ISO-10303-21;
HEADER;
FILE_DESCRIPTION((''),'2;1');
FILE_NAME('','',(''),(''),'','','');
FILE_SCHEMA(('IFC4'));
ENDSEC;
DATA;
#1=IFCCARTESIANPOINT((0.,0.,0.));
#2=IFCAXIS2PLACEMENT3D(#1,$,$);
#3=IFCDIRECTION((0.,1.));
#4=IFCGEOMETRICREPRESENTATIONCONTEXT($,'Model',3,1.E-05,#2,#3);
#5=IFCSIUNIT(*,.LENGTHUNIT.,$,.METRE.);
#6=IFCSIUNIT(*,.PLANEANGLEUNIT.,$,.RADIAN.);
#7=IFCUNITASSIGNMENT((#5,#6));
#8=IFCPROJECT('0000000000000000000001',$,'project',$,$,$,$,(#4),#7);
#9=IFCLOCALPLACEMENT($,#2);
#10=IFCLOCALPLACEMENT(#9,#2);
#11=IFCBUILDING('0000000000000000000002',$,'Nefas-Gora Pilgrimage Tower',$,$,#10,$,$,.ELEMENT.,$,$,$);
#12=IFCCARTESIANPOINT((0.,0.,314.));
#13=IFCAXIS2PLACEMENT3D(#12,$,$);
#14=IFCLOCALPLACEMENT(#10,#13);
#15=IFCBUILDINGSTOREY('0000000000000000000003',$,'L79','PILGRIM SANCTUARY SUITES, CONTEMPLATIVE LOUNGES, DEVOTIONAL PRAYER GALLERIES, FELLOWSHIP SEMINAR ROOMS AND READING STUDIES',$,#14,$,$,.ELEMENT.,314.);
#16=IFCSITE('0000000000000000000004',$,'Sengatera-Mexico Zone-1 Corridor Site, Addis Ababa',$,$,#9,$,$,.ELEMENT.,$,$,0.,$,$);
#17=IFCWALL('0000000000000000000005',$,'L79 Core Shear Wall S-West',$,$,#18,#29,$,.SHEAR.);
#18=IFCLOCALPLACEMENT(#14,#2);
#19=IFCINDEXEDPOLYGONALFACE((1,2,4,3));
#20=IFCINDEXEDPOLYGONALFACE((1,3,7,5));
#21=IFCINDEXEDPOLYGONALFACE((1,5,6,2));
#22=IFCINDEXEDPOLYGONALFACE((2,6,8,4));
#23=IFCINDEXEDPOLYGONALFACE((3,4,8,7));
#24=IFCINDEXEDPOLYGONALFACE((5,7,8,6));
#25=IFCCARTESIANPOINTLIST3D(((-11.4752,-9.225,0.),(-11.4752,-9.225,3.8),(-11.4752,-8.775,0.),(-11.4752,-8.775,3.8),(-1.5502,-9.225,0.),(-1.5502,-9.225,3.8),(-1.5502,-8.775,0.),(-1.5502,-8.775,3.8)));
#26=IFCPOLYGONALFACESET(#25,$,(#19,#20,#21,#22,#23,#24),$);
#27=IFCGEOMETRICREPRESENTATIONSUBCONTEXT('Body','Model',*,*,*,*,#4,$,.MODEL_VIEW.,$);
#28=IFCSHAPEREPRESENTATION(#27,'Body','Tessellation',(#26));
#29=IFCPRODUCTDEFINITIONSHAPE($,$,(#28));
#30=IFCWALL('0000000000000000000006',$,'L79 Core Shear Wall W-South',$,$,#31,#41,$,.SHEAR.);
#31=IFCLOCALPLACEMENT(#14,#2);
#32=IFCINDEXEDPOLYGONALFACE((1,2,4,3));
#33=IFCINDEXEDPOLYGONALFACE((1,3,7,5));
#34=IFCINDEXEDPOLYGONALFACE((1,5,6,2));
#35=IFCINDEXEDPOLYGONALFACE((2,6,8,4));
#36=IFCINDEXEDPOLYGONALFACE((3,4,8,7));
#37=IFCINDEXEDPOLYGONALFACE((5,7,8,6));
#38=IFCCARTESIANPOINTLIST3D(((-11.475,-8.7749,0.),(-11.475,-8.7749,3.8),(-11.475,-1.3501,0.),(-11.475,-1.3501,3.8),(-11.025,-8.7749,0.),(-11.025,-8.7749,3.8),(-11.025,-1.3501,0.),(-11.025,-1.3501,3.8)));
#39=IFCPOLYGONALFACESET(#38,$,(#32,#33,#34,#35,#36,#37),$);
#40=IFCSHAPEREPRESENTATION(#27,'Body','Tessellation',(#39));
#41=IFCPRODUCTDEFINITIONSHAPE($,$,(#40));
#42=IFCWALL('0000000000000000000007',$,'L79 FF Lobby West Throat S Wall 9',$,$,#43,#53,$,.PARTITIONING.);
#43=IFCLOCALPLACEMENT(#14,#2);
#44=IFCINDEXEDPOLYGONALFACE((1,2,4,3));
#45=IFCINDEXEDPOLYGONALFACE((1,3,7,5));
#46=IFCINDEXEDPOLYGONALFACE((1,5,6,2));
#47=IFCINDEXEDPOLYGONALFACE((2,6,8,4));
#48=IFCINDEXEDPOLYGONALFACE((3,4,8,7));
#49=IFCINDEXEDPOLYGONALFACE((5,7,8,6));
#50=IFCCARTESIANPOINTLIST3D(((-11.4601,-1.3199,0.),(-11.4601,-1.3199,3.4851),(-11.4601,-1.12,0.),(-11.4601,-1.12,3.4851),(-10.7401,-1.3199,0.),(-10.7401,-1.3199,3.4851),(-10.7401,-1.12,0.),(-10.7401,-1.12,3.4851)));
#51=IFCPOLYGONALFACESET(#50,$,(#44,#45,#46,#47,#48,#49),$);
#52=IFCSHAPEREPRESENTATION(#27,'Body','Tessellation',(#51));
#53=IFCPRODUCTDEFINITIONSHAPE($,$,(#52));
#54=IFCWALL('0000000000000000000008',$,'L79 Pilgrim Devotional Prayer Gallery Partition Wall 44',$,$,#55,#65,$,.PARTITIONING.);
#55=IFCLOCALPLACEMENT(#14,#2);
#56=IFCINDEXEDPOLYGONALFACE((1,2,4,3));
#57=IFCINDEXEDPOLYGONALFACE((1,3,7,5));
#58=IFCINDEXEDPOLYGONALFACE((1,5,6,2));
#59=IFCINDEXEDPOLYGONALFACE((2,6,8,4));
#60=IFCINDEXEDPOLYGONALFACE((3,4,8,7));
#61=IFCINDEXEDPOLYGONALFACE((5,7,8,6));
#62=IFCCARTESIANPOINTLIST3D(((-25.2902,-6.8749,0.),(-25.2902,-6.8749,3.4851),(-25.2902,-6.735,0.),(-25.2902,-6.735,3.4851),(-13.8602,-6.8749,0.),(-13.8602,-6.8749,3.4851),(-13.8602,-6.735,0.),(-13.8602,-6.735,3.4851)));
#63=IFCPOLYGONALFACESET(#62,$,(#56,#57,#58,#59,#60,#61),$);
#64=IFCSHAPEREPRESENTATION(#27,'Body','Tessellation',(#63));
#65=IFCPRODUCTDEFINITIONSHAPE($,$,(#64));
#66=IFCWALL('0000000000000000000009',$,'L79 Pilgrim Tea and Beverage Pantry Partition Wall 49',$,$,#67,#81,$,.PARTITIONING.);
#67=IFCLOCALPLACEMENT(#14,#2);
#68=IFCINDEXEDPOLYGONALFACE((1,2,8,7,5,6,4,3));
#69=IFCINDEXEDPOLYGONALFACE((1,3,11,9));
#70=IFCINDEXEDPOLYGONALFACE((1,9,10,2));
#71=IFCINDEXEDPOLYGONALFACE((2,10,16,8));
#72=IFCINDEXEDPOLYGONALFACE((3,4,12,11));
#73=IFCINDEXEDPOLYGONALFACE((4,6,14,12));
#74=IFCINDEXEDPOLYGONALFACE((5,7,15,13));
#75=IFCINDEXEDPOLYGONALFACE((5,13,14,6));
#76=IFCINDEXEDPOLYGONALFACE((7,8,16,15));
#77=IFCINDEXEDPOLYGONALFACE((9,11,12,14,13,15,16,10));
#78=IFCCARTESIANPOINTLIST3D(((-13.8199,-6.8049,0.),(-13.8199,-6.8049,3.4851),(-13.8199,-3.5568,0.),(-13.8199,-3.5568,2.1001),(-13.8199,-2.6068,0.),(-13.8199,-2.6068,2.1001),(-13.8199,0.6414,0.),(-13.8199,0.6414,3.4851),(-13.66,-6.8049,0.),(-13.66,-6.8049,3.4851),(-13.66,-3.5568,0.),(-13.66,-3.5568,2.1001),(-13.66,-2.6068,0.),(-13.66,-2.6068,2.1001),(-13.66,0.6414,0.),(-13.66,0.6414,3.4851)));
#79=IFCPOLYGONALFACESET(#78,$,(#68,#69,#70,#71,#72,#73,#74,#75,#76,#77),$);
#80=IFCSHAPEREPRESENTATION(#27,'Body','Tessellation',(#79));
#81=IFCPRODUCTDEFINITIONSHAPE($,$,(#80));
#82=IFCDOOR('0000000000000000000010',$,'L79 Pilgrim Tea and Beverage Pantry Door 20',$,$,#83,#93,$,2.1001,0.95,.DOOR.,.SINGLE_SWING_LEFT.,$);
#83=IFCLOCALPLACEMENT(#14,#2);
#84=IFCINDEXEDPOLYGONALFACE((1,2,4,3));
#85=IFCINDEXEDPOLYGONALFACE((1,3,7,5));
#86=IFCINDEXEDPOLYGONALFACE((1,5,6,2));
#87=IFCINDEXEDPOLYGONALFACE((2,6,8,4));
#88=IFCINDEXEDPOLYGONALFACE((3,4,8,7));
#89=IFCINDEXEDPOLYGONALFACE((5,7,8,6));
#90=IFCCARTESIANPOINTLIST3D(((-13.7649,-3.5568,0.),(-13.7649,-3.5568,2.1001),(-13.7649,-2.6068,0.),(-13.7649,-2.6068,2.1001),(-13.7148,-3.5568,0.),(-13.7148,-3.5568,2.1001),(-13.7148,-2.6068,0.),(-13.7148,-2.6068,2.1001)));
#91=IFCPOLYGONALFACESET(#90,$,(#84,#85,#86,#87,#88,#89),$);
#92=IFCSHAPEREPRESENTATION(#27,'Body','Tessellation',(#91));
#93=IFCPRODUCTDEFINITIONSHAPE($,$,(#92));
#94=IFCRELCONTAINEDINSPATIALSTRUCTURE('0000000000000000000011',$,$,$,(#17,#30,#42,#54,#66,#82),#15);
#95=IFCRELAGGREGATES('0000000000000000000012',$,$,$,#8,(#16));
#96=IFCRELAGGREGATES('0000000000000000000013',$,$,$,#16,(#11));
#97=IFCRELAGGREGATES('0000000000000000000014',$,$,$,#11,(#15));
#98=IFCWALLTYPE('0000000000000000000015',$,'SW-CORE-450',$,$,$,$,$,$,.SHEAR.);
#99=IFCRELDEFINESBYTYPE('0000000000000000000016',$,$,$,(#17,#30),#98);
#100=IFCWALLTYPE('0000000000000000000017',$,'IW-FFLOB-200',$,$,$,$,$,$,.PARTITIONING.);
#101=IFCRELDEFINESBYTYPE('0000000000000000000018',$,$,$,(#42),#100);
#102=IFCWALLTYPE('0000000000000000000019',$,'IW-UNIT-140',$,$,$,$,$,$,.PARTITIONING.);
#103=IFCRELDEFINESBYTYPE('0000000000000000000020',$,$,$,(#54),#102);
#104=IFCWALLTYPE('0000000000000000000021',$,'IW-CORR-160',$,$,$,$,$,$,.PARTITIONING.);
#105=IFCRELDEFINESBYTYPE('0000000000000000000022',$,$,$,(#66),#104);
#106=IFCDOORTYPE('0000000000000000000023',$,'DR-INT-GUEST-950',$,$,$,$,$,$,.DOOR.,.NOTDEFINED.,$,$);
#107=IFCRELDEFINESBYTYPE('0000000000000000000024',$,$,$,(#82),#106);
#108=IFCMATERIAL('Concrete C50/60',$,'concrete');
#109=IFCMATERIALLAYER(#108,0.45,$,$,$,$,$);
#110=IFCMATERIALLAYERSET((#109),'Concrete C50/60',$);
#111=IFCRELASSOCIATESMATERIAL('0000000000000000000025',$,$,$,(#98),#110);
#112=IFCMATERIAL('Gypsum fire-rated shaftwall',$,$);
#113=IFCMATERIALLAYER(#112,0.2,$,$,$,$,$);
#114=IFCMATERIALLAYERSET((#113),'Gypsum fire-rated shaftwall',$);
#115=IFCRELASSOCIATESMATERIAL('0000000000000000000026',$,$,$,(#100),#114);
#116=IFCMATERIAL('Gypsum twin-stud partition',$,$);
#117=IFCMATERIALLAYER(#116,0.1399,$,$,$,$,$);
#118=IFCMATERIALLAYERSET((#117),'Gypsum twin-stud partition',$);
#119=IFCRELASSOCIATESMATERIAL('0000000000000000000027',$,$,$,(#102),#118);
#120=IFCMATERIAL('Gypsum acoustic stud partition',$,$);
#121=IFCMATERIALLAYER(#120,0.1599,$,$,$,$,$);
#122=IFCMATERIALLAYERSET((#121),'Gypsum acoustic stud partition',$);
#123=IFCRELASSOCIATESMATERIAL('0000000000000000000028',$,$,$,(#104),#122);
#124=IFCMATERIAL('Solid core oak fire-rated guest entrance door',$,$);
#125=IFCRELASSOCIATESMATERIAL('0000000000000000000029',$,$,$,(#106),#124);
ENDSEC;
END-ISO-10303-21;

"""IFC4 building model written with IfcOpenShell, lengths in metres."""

from ifc_helpers import new_model, si_unit, direction, frame, frame_2d, origin, place, context, subcontext, project, spatial, rectangle, extrude, source, transform, mapped, material, layer, layer_set, type_object, element, fill, save


model = new_model("IFC4")

# Units and contexts
model_context = context("Model", 3, precision=1e-05, world=origin(), true_north=direction((0.0, 1.0)))
body_context = subcontext(model_context, "Body", "Model", "MODEL_VIEW")
ifc_project = project(units=[si_unit("LENGTHUNIT", "METRE"), si_unit("PLANEANGLEUNIT", "RADIAN")], contexts=[model_context])

# Site, building, storey
site_placement = place(None, origin())
site = spatial("IfcSite", under=ifc_project, at=site_placement, Name="Sengatera-Mexico Zone-1 Corridor Site, Addis Ababa", CompositionType="ELEMENT", RefElevation=0.0)
building_placement = place(site_placement, origin())
building = spatial("IfcBuilding", under=site, at=building_placement, Name="Nefas-Gora Pilgrimage Tower", CompositionType="ELEMENT")
storey_placement = place(building_placement, frame((0.0, 0.0, 314.0)))
storey = spatial("IfcBuildingStorey", under=building, at=storey_placement, Name="L79", Description="PILGRIM SANCTUARY SUITES, CONTEMPLATIVE LOUNGES, DEVOTIONAL PRAYER GALLERIES, FELLOWSHIP SEMINAR ROOMS AND READING STUDIES", CompositionType="ELEMENT", Elevation=314.0)

# Shared definitions
ifc_material_1 = material(Name="Concrete C50/60", Category="concrete")

# Walls
ifc_layer_1 = layer(ifc_material_1, 0.45)
ifc_layer_set_1 = layer_set([ifc_layer_1], Name="Concrete C50/60")
wall_type_1 = type_object("IfcWallType", Name="SW-CORE-450", PredefinedType="SHEAR", material=ifc_layer_set_1)
shared_shape_1 = source(origin(), body_context, "Body", "SweptSolid", [
    extrude(rectangle(XDim=9.925, YDim=0.45, at=frame_2d((4.9624, 0.0))), origin(), (0.0, 0.0, 1.0), 3.8),
])
wall_1_placement = place(storey_placement, frame((-11.4751, -9.0, 0.0), z_axis=(0.0, 0.0, 1.0), x_axis=(1.0, 0.0, 0.0)))
element("IfcWall", 1, at=wall_1_placement, inside=storey, type_object=wall_type_1, Name="L79 Core Shear Wall S-West", PredefinedType="SHEAR", context=body_context, shape_type="MappedRepresentation", body=[
    mapped(shared_shape_1, transform((0.0, 0.0, 0.0), x_axis=(1.0, 0.0, 0.0), y_axis=(0.0, 1.0, 0.0), z_axis=(0.0, 0.0, 1.0), scale=1.0)),
])
shared_shape_2 = source(origin(), body_context, "Body", "SweptSolid", [
    extrude(rectangle(XDim=7.4248, YDim=0.45, at=frame_2d((3.7124, 0.0))), origin(), (0.0, 0.0, 1.0), 3.8),
])
wall_2_placement = place(storey_placement, frame((-11.25, -8.7749, 0.0), z_axis=(0.0, 0.0, 1.0), x_axis=(0.0, 1.0, 0.0)))
element("IfcWall", 2, at=wall_2_placement, inside=storey, type_object=wall_type_1, Name="L79 Core Shear Wall W-South", PredefinedType="SHEAR", context=body_context, shape_type="MappedRepresentation", body=[
    mapped(shared_shape_2, transform((0.0, 0.0, 0.0), x_axis=(1.0, 0.0, 0.0), y_axis=(0.0, 1.0, 0.0), z_axis=(0.0, 0.0, 1.0), scale=1.0)),
])
ifc_material_2 = material(Name="Gypsum fire-rated shaftwall")
ifc_layer_2 = layer(ifc_material_2, 0.2)
ifc_layer_set_2 = layer_set([ifc_layer_2], Name="Gypsum fire-rated shaftwall")
wall_type_2 = type_object("IfcWallType", Name="IW-FFLOB-200", PredefinedType="PARTITIONING", material=ifc_layer_set_2)
shared_shape_3 = source(origin(), body_context, "Body", "SweptSolid", [
    extrude(rectangle(XDim=0.72, YDim=0.2, at=frame_2d((0.3599, 0.0))), origin(), (0.0, 0.0, 1.0), 3.4851),
])
wall_3_placement = place(storey_placement, frame((-11.46, -1.22, 0.0), z_axis=(0.0, 0.0, 1.0), x_axis=(1.0, 0.0, 0.0)))
element("IfcWall", 3, at=wall_3_placement, inside=storey, type_object=wall_type_2, Name="L79 FF Lobby West Throat S Wall 9", PredefinedType="PARTITIONING", context=body_context, shape_type="MappedRepresentation", body=[
    mapped(shared_shape_3, transform((0.0, 0.0, 0.0), x_axis=(1.0, 0.0, 0.0), y_axis=(0.0, 1.0, 0.0), z_axis=(0.0, 0.0, 1.0), scale=1.0)),
])
ifc_material_3 = material(Name="Gypsum twin-stud partition")
ifc_layer_3 = layer(ifc_material_3, 0.1399)
ifc_layer_set_3 = layer_set([ifc_layer_3], Name="Gypsum twin-stud partition")
wall_type_3 = type_object("IfcWallType", Name="IW-UNIT-140", PredefinedType="PARTITIONING", material=ifc_layer_set_3)
shared_shape_4 = source(origin(), body_context, "Body", "SweptSolid", [
    extrude(rectangle(XDim=11.4299, YDim=0.1399, at=frame_2d((5.7148, 0.0))), origin(), (0.0, 0.0, 1.0), 3.4851),
])
wall_4_placement = place(storey_placement, frame((-25.29, -6.8049, 0.0), z_axis=(0.0, 0.0, 1.0), x_axis=(1.0, 0.0, 0.0)))
element("IfcWall", 4, at=wall_4_placement, inside=storey, type_object=wall_type_3, Name="L79 Pilgrim Devotional Prayer Gallery Partition Wall 44", PredefinedType="PARTITIONING", context=body_context, shape_type="MappedRepresentation", body=[
    mapped(shared_shape_4, transform((0.0, 0.0, 0.0), x_axis=(1.0, 0.0, 0.0), y_axis=(0.0, 1.0, 0.0), z_axis=(0.0, 0.0, 1.0), scale=1.0)),
])

# Wall, opening, door
ifc_material_4 = material(Name="Gypsum acoustic stud partition")
ifc_layer_4 = layer(ifc_material_4, 0.1599)
ifc_layer_set_4 = layer_set([ifc_layer_4], Name="Gypsum acoustic stud partition")
wall_type_4 = type_object("IfcWallType", Name="IW-CORR-160", PredefinedType="PARTITIONING", material=ifc_layer_set_4)
shared_shape_5 = source(origin(), body_context, "Body", "SweptSolid", [
    extrude(rectangle(XDim=7.4463, YDim=0.1599, at=frame_2d((3.7231, 0.0))), origin(), (0.0, 0.0, 1.0), 3.4851),
])
wall_5_placement = place(storey_placement, frame((-13.74, -6.8049, 0.0), z_axis=(0.0, 0.0, 1.0), x_axis=(0.0, 1.0, 0.0)))
wall_5 = element("IfcWall", 5, at=wall_5_placement, inside=storey, type_object=wall_type_4, Name="L79 Pilgrim Tea and Beverage Pantry Partition Wall 49", PredefinedType="PARTITIONING", context=body_context, shape_type="MappedRepresentation", body=[
    mapped(shared_shape_5, transform((0.0, 0.0, 0.0), x_axis=(1.0, 0.0, 0.0), y_axis=(0.0, 1.0, 0.0), z_axis=(0.0, 0.0, 1.0), scale=1.0)),
])
opening_1_placement = place(wall_5_placement, frame((3.248, 0.0, 0.0)))
opening_1 = element("IfcOpeningElement", 6, at=opening_1_placement, cuts=wall_5, PredefinedType="OPENING", context=body_context, shape_type="SweptSolid", body=[
    extrude(rectangle(XDim=0.95, YDim=2.1001, at=frame_2d((0.4751, 1.05))), frame((0.0, 0.0898, 0.0), z_axis=(0.0, -1.0, 0.0), x_axis=(1.0, 0.0, 0.0)), (0.0, 0.0, 1.0), 0.1799),
])
ifc_material_5 = material(Name="Solid core oak fire-rated guest entrance door")
door_type_1 = type_object("IfcDoorType", Name="DR-INT-GUEST-950", OperationType="NOTDEFINED", PredefinedType="DOOR", material=ifc_material_5)
shared_shape_6 = source(origin(), body_context, "Body", "SweptSolid", [
    extrude(rectangle(XDim=0.95, YDim=2.1001, at=frame_2d((0.4751, 1.05))), frame((0.0, 0.0249, 0.0), z_axis=(0.0, -1.0, 0.0), x_axis=(1.0, 0.0, 0.0)), (0.0, 0.0, 1.0), 0.05),
])
door_1_placement = place(opening_1_placement, origin())
door_1 = element("IfcDoor", 7, at=door_1_placement, inside=storey, type_object=door_type_1, Name="L79 Pilgrim Tea and Beverage Pantry Door 20", OperationType="SINGLE_SWING_LEFT", OverallHeight=2.1001, OverallWidth=0.95, PredefinedType="DOOR", context=body_context, shape_type="MappedRepresentation", body=[
    mapped(shared_shape_6, transform((0.0, 0.0, 0.0), x_axis=(1.0, 0.0, 0.0), y_axis=(0.0, 1.0, 0.0), z_axis=(0.0, 0.0, 1.0), scale=1.0)),
])
fill(opening_1, door_1)

save(model, "model.ifc")
